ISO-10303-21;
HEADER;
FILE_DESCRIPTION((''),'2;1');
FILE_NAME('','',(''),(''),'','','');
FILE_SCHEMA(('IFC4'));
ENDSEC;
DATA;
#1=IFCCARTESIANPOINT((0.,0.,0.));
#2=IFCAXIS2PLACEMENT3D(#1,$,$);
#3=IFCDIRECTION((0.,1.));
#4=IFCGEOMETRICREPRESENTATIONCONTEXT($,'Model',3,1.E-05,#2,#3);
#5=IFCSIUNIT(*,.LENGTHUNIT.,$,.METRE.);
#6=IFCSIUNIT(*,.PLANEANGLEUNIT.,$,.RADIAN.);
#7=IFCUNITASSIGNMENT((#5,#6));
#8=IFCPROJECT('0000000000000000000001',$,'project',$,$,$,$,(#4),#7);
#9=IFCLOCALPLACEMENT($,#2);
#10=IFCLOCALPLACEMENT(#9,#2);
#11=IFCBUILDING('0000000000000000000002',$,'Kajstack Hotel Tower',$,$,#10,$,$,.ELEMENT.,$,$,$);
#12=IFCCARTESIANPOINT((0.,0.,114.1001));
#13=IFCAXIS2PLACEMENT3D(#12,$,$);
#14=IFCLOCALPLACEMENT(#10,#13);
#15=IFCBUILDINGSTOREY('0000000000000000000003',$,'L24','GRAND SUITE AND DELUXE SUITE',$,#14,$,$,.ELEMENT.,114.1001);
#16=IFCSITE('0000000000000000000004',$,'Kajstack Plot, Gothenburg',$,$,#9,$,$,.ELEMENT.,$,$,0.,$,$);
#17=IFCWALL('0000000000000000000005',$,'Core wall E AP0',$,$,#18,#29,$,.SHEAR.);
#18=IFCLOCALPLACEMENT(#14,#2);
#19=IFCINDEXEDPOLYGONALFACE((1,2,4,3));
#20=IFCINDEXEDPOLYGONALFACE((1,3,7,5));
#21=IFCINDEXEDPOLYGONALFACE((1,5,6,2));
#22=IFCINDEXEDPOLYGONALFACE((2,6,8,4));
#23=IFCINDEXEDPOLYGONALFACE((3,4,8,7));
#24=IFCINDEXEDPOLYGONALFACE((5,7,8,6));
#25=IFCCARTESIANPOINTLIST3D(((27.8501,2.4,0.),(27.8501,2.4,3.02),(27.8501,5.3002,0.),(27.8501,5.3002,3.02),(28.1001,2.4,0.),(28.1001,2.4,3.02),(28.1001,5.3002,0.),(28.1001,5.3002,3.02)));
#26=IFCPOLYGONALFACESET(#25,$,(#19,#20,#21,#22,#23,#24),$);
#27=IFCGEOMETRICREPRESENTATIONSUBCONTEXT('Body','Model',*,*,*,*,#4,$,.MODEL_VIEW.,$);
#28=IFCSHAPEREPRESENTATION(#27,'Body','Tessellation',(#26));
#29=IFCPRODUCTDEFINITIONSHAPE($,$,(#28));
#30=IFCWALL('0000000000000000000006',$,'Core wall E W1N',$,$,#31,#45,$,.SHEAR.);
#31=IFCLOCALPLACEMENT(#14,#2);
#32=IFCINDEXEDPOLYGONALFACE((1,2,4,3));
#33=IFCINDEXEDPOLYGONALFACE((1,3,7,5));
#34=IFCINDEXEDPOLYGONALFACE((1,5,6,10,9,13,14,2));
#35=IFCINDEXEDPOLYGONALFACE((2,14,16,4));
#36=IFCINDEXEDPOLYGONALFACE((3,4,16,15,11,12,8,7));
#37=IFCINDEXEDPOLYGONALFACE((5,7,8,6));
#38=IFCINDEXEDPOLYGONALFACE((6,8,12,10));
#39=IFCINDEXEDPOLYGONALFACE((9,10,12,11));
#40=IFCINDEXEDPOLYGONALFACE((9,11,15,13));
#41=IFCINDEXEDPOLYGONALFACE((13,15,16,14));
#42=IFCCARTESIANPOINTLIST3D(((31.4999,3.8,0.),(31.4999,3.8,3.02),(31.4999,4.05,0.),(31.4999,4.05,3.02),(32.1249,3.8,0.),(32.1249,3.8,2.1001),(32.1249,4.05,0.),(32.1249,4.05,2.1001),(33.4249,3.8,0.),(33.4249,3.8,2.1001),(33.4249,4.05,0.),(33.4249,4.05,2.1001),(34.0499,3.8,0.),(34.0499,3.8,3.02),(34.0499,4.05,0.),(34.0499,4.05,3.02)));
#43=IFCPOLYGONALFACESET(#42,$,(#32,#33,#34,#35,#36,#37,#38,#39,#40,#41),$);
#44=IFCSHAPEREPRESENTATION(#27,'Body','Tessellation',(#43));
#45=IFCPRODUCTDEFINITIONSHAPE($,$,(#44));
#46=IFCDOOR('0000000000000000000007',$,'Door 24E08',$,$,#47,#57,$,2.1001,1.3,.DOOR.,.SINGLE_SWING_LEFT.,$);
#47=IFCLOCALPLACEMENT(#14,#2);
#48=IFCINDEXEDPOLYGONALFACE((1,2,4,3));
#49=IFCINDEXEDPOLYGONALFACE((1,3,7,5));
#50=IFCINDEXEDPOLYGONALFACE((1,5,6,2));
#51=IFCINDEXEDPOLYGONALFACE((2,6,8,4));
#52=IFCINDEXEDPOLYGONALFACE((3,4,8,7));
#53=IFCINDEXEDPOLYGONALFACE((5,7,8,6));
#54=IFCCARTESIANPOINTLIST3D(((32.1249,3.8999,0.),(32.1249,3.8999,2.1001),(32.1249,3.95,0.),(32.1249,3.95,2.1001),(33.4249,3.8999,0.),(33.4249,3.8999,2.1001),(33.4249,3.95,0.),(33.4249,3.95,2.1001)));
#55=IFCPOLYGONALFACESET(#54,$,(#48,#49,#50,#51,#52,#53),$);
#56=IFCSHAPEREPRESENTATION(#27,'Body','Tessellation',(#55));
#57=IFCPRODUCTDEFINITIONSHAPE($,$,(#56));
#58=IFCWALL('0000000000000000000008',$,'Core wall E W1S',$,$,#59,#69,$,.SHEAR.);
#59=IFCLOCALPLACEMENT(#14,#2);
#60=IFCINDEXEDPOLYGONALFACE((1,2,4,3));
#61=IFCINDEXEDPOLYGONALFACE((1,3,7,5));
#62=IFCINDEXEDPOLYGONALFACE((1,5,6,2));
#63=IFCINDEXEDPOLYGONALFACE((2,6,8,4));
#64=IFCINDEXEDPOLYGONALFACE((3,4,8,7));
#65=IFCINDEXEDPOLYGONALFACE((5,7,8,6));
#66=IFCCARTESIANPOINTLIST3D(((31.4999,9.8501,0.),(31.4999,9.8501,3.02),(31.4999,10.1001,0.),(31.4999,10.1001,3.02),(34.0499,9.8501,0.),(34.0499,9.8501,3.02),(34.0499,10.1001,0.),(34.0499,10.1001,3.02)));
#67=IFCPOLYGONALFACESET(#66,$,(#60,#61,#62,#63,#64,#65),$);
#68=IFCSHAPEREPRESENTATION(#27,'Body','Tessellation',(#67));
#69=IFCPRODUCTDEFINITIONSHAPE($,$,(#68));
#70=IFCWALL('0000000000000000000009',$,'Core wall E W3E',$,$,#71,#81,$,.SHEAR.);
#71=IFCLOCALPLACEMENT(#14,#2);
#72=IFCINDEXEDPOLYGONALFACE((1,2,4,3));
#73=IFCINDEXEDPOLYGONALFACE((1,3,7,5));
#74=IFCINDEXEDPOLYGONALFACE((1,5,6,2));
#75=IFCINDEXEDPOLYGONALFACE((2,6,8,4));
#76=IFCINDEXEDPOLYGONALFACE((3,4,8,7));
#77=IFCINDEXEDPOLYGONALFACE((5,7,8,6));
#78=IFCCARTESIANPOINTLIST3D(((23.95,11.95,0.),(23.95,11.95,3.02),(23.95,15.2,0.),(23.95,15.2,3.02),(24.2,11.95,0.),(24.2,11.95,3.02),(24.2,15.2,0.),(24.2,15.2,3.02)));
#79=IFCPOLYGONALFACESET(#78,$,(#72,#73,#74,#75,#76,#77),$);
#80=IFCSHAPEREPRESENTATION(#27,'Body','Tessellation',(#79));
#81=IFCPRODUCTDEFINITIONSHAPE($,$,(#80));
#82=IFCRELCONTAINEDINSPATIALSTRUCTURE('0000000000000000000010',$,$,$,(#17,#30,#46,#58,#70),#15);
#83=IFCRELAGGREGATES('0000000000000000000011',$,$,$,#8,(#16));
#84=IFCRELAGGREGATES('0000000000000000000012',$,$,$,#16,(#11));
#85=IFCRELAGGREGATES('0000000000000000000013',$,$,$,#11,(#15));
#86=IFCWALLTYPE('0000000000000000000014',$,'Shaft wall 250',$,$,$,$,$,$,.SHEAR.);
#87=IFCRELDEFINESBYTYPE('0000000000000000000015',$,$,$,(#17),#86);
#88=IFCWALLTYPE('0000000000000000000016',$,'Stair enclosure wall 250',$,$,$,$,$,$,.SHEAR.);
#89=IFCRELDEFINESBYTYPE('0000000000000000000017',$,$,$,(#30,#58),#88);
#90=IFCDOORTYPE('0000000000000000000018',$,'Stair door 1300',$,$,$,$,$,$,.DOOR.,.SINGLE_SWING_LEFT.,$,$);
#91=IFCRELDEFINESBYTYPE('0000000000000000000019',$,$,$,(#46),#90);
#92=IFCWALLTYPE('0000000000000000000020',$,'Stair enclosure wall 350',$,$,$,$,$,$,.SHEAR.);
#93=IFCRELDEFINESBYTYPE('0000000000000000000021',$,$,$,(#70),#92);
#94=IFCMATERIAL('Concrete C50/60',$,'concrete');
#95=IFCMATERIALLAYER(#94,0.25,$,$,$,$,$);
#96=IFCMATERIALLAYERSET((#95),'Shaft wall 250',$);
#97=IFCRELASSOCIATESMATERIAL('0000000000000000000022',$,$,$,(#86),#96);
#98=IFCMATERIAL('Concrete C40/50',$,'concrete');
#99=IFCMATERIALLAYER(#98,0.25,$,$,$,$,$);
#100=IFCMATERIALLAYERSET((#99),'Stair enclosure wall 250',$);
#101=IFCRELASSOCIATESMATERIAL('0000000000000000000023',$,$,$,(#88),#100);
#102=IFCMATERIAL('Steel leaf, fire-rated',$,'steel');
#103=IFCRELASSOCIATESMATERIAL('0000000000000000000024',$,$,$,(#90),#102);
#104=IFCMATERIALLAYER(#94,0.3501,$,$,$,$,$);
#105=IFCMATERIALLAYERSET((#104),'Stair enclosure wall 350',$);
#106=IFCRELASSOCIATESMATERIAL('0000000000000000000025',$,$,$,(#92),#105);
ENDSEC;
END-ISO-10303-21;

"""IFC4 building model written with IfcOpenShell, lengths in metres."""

from ifc_helpers import new_model, si_unit, direction, frame, frame_2d, origin, place, context, subcontext, project, spatial, rectangle, extrude, material, layer, layer_set, type_object, element, fill, save


model = new_model("IFC4")

# Units and contexts
model_context = context("Model", 3, precision=1e-05, world=origin(), true_north=direction((0.0, 1.0)))
body_context = subcontext(model_context, "Body", "Model", "MODEL_VIEW")
ifc_project = project(units=[si_unit("LENGTHUNIT", "METRE"), si_unit("PLANEANGLEUNIT", "RADIAN")], contexts=[model_context])

# Site, building, storey
site_placement = place(None, origin())
site = spatial("IfcSite", under=ifc_project, at=site_placement, Name="Kajstack Plot, Gothenburg", CompositionType="ELEMENT", RefElevation=0.0)
building_placement = place(site_placement, origin())
building = spatial("IfcBuilding", under=site, at=building_placement, Name="Kajstack Hotel Tower", CompositionType="ELEMENT")
storey_placement = place(building_placement, frame((0.0, 0.0, 114.1001)))
storey = spatial("IfcBuildingStorey", under=building, at=storey_placement, Name="L24", Description="GRAND SUITE AND DELUXE SUITE", CompositionType="ELEMENT", Elevation=114.1001)

# Shared definitions
ifc_material_1 = material(Name="Concrete C40/50", Category="concrete")
ifc_material_2 = material(Name="Concrete C50/60", Category="concrete")

# Wall
ifc_layer_1 = layer(ifc_material_2, 0.25)
ifc_layer_set_1 = layer_set([ifc_layer_1], Name="Shaft wall 250")
wall_type_1 = type_object("IfcWallType", Name="Shaft wall 250", PredefinedType="SHEAR", material=ifc_layer_set_1)
wall_1_placement = place(storey_placement, frame((27.9751, 2.3999, 0.0), z_axis=(0.0, 0.0, 1.0), x_axis=(0.0, 1.0, 0.0)))
element("IfcWall", 1, at=wall_1_placement, inside=storey, type_object=wall_type_1, Name="Core wall E AP0", PredefinedType="SHEAR", context=body_context, shape_type="SweptSolid", body=[
    extrude(rectangle(XDim=2.9001, YDim=0.25, at=frame_2d((1.4502, 0.0))), origin(), (0.0, 0.0, 1.0), 3.02),
])

# Wall, opening, door
ifc_layer_2 = layer(ifc_material_1, 0.25)
ifc_layer_set_2 = layer_set([ifc_layer_2], Name="Stair enclosure wall 250")
wall_type_2 = type_object("IfcWallType", Name="Stair enclosure wall 250", PredefinedType="SHEAR", material=ifc_layer_set_2)
wall_2_placement = place(storey_placement, frame((31.5, 3.925, 0.0), z_axis=(0.0, 0.0, 1.0), x_axis=(1.0, 0.0, 0.0)))
wall_2 = element("IfcWall", 2, at=wall_2_placement, inside=storey, type_object=wall_type_2, Name="Core wall E W1N", PredefinedType="SHEAR", context=body_context, shape_type="SweptSolid", body=[
    extrude(rectangle(XDim=2.55, YDim=0.25, at=frame_2d((1.2749, 0.0))), origin(), (0.0, 0.0, 1.0), 3.02),
])
opening_1_placement = place(wall_2_placement, frame((0.625, 0.0, 0.0)))
opening_1 = element("IfcOpeningElement", 3, at=opening_1_placement, cuts=wall_2, PredefinedType="OPENING", context=body_context, shape_type="SweptSolid", body=[
    extrude(rectangle(XDim=1.3, YDim=2.1001, at=frame_2d((0.6499, 1.05))), frame((0.0, 0.135, 0.0), z_axis=(0.0, -1.0, 0.0), x_axis=(1.0, 0.0, 0.0)), (0.0, 0.0, 1.0), 0.27),
])
ifc_material_3 = material(Name="Steel leaf, fire-rated", Category="steel")
door_type_1 = type_object("IfcDoorType", Name="Stair door 1300", OperationType="SINGLE_SWING_LEFT", PredefinedType="DOOR", material=ifc_material_3)
door_1_placement = place(opening_1_placement, origin())
door_1 = element("IfcDoor", 4, at=door_1_placement, inside=storey, type_object=door_type_1, Name="Door 24E08", OperationType="SINGLE_SWING_LEFT", OverallHeight=2.1001, OverallWidth=1.3, PredefinedType="DOOR", context=body_context, shape_type="SweptSolid", body=[
    extrude(rectangle(XDim=1.3, YDim=2.1001, at=frame_2d((0.6499, 1.05))), frame((0.0, 0.0249, 0.0), z_axis=(0.0, -1.0, 0.0), x_axis=(1.0, 0.0, 0.0)), (0.0, 0.0, 1.0), 0.05),
])
fill(opening_1, door_1)

# Walls
wall_3_placement = place(storey_placement, frame((31.5, 9.9751, 0.0), z_axis=(0.0, 0.0, 1.0), x_axis=(1.0, 0.0, 0.0)))
element("IfcWall", 5, at=wall_3_placement, inside=storey, type_object=wall_type_2, Name="Core wall E W1S", PredefinedType="SHEAR", context=body_context, shape_type="SweptSolid", body=[
    extrude(rectangle(XDim=2.55, YDim=0.25, at=frame_2d((1.2749, 0.0))), origin(), (0.0, 0.0, 1.0), 3.02),
])
ifc_layer_3 = layer(ifc_material_2, 0.3501)
ifc_layer_set_3 = layer_set([ifc_layer_3], Name="Stair enclosure wall 350")
wall_type_3 = type_object("IfcWallType", Name="Stair enclosure wall 350", PredefinedType="SHEAR", material=ifc_layer_set_3)
wall_4_placement = place(storey_placement, frame((24.075, 11.95, 0.0), z_axis=(0.0, 0.0, 1.0), x_axis=(0.0, 1.0, 0.0)))
element("IfcWall", 6, at=wall_4_placement, inside=storey, type_object=wall_type_3, Name="Core wall E W3E", PredefinedType="SHEAR", context=body_context, shape_type="SweptSolid", body=[
    extrude(rectangle(XDim=3.25, YDim=0.25, at=frame_2d((1.625, 0.0))), origin(), (0.0, 0.0, 1.0), 3.02),
])

save(model, "model.ifc")
